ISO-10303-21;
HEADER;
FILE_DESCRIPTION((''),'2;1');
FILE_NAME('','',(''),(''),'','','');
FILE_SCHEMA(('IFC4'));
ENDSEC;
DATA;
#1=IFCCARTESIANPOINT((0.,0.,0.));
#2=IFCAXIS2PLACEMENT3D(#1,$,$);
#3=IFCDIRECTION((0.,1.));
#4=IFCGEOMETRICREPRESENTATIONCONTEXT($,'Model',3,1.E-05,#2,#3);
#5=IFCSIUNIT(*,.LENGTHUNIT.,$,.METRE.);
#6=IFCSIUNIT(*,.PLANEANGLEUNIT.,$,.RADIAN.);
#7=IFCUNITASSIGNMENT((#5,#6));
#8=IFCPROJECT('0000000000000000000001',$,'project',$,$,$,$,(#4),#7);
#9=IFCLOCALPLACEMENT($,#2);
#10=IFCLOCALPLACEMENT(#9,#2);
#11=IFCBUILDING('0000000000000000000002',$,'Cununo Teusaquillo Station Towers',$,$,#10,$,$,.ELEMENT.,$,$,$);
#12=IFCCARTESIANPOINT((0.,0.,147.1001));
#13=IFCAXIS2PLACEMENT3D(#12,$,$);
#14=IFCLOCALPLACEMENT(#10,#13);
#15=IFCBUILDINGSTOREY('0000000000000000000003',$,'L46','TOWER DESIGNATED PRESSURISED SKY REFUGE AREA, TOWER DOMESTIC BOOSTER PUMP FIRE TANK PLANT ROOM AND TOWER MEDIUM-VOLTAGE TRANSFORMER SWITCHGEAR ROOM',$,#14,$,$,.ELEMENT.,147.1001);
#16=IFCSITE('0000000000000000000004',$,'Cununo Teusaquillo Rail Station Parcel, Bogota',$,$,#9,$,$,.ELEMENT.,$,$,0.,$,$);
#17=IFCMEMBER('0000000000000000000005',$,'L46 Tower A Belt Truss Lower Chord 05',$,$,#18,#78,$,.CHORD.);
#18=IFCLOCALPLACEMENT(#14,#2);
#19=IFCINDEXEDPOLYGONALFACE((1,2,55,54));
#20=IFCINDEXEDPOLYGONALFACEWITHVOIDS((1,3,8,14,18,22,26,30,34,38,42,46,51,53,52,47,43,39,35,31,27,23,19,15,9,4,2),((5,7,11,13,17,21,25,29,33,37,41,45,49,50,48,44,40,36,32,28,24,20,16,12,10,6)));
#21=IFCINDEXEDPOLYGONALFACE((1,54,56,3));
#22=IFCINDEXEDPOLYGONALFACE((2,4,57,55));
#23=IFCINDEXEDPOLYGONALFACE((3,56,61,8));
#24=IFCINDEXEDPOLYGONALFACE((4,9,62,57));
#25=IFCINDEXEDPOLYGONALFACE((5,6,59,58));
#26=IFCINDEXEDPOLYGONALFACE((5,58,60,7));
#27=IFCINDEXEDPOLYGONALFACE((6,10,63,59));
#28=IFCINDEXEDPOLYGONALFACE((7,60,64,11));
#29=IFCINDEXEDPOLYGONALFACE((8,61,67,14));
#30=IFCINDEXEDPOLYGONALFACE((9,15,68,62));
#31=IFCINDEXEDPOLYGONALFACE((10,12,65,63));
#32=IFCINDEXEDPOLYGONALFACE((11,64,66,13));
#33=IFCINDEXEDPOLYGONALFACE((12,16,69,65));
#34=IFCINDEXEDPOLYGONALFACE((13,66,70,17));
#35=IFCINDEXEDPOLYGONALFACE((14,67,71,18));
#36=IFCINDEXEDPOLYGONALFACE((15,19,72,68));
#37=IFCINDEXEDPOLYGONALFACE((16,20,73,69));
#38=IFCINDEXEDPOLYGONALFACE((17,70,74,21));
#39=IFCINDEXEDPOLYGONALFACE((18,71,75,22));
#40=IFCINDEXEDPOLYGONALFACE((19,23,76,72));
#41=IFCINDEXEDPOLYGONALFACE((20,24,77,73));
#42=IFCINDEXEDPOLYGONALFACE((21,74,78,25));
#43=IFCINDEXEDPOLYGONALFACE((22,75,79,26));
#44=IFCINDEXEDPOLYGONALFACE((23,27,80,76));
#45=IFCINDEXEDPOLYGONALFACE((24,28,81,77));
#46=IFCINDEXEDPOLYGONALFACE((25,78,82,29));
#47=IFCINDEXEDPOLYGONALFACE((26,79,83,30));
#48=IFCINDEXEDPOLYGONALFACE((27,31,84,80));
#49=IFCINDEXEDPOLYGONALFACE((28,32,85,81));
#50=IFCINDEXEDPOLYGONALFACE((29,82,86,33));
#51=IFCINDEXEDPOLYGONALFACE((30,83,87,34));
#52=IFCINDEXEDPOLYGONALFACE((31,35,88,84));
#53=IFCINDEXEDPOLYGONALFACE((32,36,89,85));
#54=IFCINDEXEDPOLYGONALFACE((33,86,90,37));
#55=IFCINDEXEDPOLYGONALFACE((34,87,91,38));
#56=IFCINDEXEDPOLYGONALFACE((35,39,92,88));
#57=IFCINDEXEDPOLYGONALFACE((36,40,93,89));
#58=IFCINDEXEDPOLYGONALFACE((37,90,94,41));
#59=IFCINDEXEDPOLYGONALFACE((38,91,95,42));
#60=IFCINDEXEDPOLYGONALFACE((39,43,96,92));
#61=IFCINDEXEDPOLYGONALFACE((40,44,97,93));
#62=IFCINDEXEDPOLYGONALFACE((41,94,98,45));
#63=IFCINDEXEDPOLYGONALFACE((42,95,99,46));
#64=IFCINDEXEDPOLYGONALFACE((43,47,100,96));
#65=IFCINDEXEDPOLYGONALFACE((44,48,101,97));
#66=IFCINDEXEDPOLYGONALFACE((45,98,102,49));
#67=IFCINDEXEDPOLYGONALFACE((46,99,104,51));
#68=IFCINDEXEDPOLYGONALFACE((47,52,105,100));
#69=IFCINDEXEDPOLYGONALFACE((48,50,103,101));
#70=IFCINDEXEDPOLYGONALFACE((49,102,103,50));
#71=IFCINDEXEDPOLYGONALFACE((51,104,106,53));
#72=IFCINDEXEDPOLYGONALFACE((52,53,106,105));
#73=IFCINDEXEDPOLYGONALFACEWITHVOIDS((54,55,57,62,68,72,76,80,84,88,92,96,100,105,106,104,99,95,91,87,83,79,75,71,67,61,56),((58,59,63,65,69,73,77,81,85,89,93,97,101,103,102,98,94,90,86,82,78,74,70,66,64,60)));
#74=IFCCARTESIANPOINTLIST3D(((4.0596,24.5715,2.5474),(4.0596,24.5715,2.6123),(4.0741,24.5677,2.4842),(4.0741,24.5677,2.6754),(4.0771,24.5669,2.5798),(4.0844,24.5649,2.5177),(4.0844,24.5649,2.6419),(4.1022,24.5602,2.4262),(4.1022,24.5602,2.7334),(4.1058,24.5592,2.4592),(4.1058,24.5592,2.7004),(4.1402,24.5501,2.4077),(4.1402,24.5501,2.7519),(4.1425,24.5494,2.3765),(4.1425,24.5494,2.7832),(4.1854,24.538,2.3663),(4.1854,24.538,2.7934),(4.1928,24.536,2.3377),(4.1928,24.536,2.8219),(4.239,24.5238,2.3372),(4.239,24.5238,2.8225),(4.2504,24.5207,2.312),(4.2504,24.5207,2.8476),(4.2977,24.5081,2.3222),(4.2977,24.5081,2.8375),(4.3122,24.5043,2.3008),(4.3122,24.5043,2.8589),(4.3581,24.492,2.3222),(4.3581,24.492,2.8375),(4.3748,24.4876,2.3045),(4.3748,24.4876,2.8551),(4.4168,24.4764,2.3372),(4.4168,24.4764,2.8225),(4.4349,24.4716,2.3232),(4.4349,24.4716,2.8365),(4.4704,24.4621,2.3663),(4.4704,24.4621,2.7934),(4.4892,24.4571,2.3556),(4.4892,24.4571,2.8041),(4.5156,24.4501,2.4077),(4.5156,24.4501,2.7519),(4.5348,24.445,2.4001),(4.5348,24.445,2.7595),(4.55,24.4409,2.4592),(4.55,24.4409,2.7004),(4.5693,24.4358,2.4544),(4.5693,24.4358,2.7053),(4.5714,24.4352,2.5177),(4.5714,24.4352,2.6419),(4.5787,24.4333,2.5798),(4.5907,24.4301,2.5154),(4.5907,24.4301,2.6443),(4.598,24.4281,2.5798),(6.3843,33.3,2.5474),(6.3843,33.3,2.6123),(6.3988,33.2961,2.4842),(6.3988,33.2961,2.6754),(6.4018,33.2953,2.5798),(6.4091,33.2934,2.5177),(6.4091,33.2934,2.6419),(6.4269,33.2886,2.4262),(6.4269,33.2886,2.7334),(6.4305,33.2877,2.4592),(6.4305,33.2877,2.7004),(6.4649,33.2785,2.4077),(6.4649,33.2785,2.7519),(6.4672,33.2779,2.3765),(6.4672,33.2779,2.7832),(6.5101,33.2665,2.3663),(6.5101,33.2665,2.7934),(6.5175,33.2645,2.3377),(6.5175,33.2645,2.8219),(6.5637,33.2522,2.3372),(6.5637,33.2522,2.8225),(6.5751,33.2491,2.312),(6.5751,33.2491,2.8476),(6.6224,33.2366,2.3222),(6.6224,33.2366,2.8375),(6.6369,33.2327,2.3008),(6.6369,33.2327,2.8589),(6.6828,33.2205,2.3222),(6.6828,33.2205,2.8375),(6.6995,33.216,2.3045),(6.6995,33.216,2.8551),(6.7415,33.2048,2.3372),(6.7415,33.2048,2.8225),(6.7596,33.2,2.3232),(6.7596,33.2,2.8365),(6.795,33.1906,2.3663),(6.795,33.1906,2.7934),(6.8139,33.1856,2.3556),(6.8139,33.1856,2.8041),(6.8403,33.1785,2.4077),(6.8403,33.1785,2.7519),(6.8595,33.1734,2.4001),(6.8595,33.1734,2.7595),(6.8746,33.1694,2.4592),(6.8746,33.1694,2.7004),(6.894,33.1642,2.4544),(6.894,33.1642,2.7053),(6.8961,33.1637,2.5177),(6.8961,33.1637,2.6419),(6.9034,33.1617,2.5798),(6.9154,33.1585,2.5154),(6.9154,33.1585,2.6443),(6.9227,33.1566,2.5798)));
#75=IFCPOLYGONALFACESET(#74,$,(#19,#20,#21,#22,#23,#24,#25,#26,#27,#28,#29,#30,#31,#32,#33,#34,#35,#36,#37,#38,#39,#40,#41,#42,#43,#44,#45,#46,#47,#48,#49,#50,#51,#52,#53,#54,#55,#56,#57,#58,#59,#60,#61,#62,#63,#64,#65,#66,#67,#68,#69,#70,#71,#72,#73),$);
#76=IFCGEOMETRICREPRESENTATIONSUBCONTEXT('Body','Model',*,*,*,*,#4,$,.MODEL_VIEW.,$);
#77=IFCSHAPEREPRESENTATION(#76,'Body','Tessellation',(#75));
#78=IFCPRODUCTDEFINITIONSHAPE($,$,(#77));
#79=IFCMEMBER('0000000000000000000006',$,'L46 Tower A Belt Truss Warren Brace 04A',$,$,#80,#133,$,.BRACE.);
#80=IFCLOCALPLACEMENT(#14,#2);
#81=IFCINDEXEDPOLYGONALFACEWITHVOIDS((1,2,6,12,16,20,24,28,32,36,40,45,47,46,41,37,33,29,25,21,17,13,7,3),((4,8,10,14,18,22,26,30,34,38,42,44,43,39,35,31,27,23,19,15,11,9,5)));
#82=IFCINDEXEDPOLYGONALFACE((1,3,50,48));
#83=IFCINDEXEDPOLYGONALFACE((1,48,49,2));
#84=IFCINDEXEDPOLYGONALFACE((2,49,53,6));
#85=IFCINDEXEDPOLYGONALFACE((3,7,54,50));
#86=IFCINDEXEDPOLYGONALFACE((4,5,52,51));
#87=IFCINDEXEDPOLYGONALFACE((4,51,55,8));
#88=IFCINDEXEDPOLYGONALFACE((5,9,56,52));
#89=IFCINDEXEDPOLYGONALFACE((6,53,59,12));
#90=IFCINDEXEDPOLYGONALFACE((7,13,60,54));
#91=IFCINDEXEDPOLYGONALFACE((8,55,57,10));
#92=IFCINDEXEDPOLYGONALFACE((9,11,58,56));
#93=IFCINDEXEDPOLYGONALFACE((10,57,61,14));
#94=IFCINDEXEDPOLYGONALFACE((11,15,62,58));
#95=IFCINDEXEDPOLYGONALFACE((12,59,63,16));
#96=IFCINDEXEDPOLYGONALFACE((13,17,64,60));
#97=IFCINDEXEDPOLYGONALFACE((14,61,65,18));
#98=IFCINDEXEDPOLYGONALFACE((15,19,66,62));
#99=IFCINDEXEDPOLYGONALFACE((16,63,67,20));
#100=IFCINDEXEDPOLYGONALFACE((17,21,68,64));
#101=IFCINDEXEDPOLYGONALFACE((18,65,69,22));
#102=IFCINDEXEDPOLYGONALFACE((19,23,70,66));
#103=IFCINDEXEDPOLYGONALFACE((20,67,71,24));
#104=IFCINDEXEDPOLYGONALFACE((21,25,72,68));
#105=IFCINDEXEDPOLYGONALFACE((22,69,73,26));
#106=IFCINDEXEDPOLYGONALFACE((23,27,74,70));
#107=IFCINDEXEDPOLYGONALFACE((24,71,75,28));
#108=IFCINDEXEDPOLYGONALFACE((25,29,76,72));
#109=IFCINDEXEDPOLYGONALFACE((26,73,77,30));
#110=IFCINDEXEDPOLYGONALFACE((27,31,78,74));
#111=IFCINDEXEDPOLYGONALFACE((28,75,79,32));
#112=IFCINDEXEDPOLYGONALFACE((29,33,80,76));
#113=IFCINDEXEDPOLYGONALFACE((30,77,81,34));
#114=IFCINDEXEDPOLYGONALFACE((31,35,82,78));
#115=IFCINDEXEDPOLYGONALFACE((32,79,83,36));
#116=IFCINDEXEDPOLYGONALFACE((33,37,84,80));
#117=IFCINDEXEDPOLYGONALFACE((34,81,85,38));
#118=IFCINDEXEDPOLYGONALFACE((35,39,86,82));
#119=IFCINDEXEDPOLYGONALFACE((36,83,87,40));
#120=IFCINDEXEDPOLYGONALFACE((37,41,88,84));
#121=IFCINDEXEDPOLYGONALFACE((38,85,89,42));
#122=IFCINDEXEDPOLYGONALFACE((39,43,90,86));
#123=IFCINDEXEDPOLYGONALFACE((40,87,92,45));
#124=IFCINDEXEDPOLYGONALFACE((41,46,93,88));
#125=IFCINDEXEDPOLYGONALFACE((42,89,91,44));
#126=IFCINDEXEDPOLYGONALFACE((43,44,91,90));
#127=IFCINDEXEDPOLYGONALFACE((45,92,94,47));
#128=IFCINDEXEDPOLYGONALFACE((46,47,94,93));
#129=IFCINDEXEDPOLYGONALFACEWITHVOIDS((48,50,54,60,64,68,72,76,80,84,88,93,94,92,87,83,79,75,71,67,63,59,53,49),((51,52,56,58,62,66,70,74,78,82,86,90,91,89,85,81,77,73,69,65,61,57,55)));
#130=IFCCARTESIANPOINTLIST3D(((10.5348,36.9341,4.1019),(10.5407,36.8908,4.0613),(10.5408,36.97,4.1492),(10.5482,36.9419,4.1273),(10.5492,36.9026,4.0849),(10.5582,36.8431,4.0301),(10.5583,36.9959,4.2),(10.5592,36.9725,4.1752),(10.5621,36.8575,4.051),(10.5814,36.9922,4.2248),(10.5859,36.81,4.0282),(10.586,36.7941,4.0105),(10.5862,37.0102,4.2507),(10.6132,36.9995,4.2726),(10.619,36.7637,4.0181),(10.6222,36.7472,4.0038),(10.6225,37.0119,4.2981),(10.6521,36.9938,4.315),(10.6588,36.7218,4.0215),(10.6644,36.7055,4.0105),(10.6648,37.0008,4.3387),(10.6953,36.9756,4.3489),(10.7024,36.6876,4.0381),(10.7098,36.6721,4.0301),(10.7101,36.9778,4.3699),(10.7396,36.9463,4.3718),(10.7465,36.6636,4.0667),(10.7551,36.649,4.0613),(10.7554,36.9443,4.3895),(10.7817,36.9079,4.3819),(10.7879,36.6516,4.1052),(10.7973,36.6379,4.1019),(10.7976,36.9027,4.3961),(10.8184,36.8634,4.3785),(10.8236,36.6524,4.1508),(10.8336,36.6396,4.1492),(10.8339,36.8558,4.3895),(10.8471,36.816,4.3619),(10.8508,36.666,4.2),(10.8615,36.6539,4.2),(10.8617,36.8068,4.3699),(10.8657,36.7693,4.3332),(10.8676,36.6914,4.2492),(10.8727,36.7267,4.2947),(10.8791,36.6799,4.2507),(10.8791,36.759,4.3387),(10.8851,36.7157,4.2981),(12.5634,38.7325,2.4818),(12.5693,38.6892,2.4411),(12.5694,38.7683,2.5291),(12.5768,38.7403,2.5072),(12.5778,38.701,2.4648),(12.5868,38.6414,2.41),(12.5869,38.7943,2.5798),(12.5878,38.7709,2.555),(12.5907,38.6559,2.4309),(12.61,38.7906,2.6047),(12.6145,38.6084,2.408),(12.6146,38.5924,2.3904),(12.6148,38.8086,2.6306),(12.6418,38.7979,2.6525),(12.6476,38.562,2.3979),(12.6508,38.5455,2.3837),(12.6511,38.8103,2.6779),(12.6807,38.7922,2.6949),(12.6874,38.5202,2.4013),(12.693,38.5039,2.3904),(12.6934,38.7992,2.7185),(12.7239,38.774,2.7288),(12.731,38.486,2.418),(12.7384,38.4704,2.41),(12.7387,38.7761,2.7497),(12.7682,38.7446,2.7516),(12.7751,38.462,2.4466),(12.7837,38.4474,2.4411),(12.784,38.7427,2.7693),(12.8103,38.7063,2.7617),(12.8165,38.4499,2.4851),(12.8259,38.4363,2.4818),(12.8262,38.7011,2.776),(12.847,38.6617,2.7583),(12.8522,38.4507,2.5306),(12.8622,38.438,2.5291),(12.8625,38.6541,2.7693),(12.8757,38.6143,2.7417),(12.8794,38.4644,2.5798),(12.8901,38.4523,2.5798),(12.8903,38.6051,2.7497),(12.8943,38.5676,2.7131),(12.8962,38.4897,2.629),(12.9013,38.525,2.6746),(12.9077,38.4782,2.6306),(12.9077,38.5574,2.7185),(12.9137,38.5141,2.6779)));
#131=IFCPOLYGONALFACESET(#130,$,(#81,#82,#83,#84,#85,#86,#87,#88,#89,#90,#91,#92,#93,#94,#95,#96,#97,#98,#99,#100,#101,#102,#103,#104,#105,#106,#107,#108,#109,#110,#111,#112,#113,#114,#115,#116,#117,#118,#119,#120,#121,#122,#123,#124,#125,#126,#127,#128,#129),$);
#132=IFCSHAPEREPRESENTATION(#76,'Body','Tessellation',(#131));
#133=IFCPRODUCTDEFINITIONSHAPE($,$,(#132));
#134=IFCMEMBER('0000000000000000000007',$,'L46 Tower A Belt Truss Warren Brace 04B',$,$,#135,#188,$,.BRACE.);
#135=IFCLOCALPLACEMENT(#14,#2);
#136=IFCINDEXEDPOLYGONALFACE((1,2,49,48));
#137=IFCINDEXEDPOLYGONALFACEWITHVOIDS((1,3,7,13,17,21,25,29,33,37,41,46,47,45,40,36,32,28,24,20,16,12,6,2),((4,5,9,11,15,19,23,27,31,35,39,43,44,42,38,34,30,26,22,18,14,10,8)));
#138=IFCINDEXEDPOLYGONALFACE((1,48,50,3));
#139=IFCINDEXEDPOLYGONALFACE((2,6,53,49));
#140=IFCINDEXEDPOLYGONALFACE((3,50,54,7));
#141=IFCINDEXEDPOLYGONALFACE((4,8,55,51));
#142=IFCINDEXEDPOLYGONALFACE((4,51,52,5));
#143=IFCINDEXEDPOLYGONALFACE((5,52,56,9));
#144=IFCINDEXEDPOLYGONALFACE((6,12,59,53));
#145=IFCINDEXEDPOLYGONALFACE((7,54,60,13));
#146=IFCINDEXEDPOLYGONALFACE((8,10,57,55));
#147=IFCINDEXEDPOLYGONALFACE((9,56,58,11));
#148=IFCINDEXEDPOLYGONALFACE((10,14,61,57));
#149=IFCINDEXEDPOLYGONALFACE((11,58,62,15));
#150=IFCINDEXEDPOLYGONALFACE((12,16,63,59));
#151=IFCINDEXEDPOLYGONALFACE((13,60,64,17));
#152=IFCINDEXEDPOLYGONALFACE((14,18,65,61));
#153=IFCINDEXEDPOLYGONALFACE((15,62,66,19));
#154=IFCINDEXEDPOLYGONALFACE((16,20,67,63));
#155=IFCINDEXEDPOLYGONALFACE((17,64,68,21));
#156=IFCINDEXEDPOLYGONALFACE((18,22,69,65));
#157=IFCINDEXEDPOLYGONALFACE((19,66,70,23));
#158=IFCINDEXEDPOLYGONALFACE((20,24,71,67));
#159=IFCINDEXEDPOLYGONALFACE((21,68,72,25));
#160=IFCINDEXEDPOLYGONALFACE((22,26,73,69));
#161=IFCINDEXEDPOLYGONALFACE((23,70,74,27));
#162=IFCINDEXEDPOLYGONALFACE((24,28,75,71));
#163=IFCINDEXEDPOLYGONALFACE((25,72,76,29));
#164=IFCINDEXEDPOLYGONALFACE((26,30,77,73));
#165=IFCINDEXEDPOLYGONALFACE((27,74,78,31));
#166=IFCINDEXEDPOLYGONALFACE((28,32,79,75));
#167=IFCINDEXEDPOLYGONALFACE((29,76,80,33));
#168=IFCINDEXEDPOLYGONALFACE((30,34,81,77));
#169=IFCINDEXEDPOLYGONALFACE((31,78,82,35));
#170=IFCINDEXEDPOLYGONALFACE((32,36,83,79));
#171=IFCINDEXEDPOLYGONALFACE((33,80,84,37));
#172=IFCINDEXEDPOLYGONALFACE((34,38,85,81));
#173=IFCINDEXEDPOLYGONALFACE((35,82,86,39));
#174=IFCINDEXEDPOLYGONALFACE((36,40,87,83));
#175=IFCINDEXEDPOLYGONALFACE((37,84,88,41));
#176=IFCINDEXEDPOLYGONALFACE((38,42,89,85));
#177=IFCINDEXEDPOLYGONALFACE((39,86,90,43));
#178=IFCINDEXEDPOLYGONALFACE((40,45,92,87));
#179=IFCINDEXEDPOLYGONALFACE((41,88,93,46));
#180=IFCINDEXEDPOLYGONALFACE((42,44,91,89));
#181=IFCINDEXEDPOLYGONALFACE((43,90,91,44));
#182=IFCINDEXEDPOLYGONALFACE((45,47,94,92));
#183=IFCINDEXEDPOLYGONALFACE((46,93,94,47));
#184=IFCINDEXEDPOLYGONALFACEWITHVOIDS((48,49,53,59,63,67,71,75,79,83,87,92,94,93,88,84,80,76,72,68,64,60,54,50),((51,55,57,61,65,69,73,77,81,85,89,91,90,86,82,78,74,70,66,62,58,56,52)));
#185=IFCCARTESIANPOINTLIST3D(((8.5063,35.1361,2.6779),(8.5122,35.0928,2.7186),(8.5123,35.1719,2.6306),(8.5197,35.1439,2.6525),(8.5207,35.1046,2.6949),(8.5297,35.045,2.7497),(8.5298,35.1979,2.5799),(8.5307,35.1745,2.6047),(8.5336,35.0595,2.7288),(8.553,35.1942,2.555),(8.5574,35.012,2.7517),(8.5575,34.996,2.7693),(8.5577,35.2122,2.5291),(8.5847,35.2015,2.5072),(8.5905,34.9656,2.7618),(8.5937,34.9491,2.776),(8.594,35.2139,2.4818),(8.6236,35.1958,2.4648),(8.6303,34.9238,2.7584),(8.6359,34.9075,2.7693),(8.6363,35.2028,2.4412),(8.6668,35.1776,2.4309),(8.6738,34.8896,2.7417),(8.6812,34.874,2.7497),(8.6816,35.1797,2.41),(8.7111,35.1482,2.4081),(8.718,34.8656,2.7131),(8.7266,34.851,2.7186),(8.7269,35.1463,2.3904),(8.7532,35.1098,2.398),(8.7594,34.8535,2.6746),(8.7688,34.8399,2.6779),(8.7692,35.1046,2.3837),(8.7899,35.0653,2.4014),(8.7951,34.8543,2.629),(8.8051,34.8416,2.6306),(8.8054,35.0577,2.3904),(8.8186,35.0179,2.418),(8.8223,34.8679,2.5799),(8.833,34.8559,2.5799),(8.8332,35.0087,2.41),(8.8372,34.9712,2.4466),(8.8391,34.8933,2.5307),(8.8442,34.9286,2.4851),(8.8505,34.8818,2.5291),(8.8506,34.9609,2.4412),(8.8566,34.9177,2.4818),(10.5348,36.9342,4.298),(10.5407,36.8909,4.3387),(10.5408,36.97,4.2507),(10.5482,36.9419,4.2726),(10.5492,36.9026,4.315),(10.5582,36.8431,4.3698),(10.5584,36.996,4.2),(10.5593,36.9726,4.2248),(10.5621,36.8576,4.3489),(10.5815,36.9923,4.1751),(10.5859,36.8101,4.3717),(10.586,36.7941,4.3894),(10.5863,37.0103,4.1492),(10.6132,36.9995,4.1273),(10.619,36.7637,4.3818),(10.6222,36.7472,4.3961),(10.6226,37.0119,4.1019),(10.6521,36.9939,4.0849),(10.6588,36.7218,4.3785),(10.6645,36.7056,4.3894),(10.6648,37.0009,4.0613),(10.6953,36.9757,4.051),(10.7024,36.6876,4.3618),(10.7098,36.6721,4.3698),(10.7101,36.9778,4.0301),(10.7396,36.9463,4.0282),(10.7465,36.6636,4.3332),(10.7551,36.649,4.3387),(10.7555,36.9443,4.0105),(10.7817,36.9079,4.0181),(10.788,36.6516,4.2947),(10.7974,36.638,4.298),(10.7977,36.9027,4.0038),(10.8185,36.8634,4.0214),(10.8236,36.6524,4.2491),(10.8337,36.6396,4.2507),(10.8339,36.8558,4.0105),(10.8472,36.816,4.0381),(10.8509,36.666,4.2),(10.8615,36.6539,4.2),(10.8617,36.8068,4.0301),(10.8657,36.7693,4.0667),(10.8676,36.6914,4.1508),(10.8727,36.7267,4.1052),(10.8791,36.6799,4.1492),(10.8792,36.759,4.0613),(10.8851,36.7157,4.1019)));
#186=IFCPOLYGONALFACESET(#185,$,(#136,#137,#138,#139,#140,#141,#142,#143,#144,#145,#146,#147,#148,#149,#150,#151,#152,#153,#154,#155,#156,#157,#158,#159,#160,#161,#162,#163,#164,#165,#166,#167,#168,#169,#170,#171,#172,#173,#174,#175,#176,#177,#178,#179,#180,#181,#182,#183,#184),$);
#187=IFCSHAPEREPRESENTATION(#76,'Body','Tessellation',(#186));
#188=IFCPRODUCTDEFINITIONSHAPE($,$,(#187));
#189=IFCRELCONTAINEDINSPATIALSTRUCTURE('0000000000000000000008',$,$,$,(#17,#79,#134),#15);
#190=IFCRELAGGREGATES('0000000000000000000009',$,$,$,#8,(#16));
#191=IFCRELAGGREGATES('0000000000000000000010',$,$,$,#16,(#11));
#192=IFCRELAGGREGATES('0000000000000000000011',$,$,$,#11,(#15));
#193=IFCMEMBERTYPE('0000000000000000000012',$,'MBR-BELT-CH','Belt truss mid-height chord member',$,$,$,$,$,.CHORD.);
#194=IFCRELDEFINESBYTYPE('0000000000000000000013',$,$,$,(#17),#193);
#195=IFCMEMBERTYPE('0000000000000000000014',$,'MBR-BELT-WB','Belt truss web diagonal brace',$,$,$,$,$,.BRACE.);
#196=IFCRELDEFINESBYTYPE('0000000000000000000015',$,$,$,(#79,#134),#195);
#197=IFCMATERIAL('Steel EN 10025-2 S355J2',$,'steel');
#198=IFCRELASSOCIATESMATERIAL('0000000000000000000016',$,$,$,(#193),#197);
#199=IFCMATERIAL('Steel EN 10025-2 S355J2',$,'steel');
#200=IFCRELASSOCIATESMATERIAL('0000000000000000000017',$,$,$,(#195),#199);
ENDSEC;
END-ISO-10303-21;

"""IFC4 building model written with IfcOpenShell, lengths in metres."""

from ifc_helpers import new_model, si_unit, direction, frame, origin, origin_2d, place, context, subcontext, project, spatial, hollow_circle, extrude, material, material_profile, profile_set, type_object, element, save


model = new_model("IFC4")

# Units and contexts
model_context = context("Model", 3, precision=1e-05, world=origin(), true_north=direction((0.0, 1.0)))
body_context = subcontext(model_context, "Body", "Model", "MODEL_VIEW")
ifc_project = project(units=[si_unit("LENGTHUNIT", "METRE"), si_unit("PLANEANGLEUNIT", "RADIAN")], contexts=[model_context])

# Site, building, storey
site_placement = place(None, origin())
site = spatial("IfcSite", under=ifc_project, at=site_placement, Name="Cununo Teusaquillo Rail Station Parcel, Bogota", CompositionType="ELEMENT", RefElevation=0.0)
building_placement = place(site_placement, origin())
building = spatial("IfcBuilding", under=site, at=building_placement, Name="Cununo Teusaquillo Station Towers", CompositionType="ELEMENT")
storey_placement = place(building_placement, frame((0.0, 0.0, 147.1001)))
storey = spatial("IfcBuildingStorey", under=building, at=storey_placement, Name="L46", Description="TOWER DESIGNATED PRESSURISED SKY REFUGE AREA, TOWER DOMESTIC BOOSTER PUMP FIRE TANK PLANT ROOM AND TOWER MEDIUM-VOLTAGE TRANSFORMER SWITCHGEAR ROOM", CompositionType="ELEMENT", Elevation=147.1001)

# Members
ifc_material_1 = material(Name="Steel EN 10025-2 S355J2", Category="steel")
ifc_material_profile_1 = material_profile(ifc_material_1, hollow_circle(Radius=0.2795, WallThickness=0.02, at=origin_2d()), Name="CHS 559x20")
ifc_profile_set_1 = profile_set([ifc_material_profile_1], Name="Steel EN 10025-2 S355J2")
member_type_1 = type_object("IfcMemberType", Name="MBR-BELT-CH", Description="Belt truss mid-height chord member", PredefinedType="CHORD", material=ifc_profile_set_1)
member_1_placement = place(storey_placement, frame((6.6526, 33.2285, 2.5798), z_axis=(-0.257363, -0.966315, 0.0), x_axis=(0.966315, -0.257363, 0.0)))
element("IfcMember", 1, at=member_1_placement, inside=storey, type_object=member_type_1, Name="L46 Tower A Belt Truss Lower Chord 05", PredefinedType="CHORD", context=body_context, shape_type="SweptSolid", body=[
    extrude(hollow_circle(Radius=0.2795, WallThickness=0.02, at=origin_2d()), origin(), (0.0, 0.0, 1.0), 9.0327),
])
ifc_material_2 = material(Name="Steel EN 10025-2 S355J2", Category="steel")
ifc_material_profile_2 = material_profile(ifc_material_2, hollow_circle(Radius=0.2285, WallThickness=0.0161, at=origin_2d()), Name="CHS 457x16")
ifc_profile_set_2 = profile_set([ifc_material_profile_2], Name="Steel EN 10025-2 S355J2")
member_type_2 = type_object("IfcMemberType", Name="MBR-BELT-WB", Description="Belt truss web diagonal brace", PredefinedType="BRACE", material=ifc_profile_set_2)
member_2_placement = place(storey_placement, frame((12.7385, 38.6233, 2.5798), z_axis=(-0.642328, -0.569429, 0.512996), x_axis=(0.663368, -0.748293, 0.0)))
element("IfcMember", 2, at=member_2_placement, inside=storey, type_object=member_type_2, Name="L46 Tower A Belt Truss Warren Brace 04A", PredefinedType="BRACE", context=body_context, shape_type="SweptSolid", body=[
    extrude(hollow_circle(Radius=0.2285, WallThickness=0.0161, at=origin_2d()), origin(), (0.0, 0.0, 1.0), 3.1582),
])
member_3_placement = place(storey_placement, frame((10.71, 36.825, 4.2), z_axis=(-0.642356, -0.569377, -0.513019), x_axis=(0.663318, -0.748338, 0.0)))
element("IfcMember", 3, at=member_3_placement, inside=storey, type_object=member_type_2, Name="L46 Tower A Belt Truss Warren Brace 04B", PredefinedType="BRACE", context=body_context, shape_type="SweptSolid", body=[
    extrude(hollow_circle(Radius=0.2285, WallThickness=0.0161, at=origin_2d()), origin(), (0.0, 0.0, 1.0), 3.158),
])

save(model, "model.ifc")
